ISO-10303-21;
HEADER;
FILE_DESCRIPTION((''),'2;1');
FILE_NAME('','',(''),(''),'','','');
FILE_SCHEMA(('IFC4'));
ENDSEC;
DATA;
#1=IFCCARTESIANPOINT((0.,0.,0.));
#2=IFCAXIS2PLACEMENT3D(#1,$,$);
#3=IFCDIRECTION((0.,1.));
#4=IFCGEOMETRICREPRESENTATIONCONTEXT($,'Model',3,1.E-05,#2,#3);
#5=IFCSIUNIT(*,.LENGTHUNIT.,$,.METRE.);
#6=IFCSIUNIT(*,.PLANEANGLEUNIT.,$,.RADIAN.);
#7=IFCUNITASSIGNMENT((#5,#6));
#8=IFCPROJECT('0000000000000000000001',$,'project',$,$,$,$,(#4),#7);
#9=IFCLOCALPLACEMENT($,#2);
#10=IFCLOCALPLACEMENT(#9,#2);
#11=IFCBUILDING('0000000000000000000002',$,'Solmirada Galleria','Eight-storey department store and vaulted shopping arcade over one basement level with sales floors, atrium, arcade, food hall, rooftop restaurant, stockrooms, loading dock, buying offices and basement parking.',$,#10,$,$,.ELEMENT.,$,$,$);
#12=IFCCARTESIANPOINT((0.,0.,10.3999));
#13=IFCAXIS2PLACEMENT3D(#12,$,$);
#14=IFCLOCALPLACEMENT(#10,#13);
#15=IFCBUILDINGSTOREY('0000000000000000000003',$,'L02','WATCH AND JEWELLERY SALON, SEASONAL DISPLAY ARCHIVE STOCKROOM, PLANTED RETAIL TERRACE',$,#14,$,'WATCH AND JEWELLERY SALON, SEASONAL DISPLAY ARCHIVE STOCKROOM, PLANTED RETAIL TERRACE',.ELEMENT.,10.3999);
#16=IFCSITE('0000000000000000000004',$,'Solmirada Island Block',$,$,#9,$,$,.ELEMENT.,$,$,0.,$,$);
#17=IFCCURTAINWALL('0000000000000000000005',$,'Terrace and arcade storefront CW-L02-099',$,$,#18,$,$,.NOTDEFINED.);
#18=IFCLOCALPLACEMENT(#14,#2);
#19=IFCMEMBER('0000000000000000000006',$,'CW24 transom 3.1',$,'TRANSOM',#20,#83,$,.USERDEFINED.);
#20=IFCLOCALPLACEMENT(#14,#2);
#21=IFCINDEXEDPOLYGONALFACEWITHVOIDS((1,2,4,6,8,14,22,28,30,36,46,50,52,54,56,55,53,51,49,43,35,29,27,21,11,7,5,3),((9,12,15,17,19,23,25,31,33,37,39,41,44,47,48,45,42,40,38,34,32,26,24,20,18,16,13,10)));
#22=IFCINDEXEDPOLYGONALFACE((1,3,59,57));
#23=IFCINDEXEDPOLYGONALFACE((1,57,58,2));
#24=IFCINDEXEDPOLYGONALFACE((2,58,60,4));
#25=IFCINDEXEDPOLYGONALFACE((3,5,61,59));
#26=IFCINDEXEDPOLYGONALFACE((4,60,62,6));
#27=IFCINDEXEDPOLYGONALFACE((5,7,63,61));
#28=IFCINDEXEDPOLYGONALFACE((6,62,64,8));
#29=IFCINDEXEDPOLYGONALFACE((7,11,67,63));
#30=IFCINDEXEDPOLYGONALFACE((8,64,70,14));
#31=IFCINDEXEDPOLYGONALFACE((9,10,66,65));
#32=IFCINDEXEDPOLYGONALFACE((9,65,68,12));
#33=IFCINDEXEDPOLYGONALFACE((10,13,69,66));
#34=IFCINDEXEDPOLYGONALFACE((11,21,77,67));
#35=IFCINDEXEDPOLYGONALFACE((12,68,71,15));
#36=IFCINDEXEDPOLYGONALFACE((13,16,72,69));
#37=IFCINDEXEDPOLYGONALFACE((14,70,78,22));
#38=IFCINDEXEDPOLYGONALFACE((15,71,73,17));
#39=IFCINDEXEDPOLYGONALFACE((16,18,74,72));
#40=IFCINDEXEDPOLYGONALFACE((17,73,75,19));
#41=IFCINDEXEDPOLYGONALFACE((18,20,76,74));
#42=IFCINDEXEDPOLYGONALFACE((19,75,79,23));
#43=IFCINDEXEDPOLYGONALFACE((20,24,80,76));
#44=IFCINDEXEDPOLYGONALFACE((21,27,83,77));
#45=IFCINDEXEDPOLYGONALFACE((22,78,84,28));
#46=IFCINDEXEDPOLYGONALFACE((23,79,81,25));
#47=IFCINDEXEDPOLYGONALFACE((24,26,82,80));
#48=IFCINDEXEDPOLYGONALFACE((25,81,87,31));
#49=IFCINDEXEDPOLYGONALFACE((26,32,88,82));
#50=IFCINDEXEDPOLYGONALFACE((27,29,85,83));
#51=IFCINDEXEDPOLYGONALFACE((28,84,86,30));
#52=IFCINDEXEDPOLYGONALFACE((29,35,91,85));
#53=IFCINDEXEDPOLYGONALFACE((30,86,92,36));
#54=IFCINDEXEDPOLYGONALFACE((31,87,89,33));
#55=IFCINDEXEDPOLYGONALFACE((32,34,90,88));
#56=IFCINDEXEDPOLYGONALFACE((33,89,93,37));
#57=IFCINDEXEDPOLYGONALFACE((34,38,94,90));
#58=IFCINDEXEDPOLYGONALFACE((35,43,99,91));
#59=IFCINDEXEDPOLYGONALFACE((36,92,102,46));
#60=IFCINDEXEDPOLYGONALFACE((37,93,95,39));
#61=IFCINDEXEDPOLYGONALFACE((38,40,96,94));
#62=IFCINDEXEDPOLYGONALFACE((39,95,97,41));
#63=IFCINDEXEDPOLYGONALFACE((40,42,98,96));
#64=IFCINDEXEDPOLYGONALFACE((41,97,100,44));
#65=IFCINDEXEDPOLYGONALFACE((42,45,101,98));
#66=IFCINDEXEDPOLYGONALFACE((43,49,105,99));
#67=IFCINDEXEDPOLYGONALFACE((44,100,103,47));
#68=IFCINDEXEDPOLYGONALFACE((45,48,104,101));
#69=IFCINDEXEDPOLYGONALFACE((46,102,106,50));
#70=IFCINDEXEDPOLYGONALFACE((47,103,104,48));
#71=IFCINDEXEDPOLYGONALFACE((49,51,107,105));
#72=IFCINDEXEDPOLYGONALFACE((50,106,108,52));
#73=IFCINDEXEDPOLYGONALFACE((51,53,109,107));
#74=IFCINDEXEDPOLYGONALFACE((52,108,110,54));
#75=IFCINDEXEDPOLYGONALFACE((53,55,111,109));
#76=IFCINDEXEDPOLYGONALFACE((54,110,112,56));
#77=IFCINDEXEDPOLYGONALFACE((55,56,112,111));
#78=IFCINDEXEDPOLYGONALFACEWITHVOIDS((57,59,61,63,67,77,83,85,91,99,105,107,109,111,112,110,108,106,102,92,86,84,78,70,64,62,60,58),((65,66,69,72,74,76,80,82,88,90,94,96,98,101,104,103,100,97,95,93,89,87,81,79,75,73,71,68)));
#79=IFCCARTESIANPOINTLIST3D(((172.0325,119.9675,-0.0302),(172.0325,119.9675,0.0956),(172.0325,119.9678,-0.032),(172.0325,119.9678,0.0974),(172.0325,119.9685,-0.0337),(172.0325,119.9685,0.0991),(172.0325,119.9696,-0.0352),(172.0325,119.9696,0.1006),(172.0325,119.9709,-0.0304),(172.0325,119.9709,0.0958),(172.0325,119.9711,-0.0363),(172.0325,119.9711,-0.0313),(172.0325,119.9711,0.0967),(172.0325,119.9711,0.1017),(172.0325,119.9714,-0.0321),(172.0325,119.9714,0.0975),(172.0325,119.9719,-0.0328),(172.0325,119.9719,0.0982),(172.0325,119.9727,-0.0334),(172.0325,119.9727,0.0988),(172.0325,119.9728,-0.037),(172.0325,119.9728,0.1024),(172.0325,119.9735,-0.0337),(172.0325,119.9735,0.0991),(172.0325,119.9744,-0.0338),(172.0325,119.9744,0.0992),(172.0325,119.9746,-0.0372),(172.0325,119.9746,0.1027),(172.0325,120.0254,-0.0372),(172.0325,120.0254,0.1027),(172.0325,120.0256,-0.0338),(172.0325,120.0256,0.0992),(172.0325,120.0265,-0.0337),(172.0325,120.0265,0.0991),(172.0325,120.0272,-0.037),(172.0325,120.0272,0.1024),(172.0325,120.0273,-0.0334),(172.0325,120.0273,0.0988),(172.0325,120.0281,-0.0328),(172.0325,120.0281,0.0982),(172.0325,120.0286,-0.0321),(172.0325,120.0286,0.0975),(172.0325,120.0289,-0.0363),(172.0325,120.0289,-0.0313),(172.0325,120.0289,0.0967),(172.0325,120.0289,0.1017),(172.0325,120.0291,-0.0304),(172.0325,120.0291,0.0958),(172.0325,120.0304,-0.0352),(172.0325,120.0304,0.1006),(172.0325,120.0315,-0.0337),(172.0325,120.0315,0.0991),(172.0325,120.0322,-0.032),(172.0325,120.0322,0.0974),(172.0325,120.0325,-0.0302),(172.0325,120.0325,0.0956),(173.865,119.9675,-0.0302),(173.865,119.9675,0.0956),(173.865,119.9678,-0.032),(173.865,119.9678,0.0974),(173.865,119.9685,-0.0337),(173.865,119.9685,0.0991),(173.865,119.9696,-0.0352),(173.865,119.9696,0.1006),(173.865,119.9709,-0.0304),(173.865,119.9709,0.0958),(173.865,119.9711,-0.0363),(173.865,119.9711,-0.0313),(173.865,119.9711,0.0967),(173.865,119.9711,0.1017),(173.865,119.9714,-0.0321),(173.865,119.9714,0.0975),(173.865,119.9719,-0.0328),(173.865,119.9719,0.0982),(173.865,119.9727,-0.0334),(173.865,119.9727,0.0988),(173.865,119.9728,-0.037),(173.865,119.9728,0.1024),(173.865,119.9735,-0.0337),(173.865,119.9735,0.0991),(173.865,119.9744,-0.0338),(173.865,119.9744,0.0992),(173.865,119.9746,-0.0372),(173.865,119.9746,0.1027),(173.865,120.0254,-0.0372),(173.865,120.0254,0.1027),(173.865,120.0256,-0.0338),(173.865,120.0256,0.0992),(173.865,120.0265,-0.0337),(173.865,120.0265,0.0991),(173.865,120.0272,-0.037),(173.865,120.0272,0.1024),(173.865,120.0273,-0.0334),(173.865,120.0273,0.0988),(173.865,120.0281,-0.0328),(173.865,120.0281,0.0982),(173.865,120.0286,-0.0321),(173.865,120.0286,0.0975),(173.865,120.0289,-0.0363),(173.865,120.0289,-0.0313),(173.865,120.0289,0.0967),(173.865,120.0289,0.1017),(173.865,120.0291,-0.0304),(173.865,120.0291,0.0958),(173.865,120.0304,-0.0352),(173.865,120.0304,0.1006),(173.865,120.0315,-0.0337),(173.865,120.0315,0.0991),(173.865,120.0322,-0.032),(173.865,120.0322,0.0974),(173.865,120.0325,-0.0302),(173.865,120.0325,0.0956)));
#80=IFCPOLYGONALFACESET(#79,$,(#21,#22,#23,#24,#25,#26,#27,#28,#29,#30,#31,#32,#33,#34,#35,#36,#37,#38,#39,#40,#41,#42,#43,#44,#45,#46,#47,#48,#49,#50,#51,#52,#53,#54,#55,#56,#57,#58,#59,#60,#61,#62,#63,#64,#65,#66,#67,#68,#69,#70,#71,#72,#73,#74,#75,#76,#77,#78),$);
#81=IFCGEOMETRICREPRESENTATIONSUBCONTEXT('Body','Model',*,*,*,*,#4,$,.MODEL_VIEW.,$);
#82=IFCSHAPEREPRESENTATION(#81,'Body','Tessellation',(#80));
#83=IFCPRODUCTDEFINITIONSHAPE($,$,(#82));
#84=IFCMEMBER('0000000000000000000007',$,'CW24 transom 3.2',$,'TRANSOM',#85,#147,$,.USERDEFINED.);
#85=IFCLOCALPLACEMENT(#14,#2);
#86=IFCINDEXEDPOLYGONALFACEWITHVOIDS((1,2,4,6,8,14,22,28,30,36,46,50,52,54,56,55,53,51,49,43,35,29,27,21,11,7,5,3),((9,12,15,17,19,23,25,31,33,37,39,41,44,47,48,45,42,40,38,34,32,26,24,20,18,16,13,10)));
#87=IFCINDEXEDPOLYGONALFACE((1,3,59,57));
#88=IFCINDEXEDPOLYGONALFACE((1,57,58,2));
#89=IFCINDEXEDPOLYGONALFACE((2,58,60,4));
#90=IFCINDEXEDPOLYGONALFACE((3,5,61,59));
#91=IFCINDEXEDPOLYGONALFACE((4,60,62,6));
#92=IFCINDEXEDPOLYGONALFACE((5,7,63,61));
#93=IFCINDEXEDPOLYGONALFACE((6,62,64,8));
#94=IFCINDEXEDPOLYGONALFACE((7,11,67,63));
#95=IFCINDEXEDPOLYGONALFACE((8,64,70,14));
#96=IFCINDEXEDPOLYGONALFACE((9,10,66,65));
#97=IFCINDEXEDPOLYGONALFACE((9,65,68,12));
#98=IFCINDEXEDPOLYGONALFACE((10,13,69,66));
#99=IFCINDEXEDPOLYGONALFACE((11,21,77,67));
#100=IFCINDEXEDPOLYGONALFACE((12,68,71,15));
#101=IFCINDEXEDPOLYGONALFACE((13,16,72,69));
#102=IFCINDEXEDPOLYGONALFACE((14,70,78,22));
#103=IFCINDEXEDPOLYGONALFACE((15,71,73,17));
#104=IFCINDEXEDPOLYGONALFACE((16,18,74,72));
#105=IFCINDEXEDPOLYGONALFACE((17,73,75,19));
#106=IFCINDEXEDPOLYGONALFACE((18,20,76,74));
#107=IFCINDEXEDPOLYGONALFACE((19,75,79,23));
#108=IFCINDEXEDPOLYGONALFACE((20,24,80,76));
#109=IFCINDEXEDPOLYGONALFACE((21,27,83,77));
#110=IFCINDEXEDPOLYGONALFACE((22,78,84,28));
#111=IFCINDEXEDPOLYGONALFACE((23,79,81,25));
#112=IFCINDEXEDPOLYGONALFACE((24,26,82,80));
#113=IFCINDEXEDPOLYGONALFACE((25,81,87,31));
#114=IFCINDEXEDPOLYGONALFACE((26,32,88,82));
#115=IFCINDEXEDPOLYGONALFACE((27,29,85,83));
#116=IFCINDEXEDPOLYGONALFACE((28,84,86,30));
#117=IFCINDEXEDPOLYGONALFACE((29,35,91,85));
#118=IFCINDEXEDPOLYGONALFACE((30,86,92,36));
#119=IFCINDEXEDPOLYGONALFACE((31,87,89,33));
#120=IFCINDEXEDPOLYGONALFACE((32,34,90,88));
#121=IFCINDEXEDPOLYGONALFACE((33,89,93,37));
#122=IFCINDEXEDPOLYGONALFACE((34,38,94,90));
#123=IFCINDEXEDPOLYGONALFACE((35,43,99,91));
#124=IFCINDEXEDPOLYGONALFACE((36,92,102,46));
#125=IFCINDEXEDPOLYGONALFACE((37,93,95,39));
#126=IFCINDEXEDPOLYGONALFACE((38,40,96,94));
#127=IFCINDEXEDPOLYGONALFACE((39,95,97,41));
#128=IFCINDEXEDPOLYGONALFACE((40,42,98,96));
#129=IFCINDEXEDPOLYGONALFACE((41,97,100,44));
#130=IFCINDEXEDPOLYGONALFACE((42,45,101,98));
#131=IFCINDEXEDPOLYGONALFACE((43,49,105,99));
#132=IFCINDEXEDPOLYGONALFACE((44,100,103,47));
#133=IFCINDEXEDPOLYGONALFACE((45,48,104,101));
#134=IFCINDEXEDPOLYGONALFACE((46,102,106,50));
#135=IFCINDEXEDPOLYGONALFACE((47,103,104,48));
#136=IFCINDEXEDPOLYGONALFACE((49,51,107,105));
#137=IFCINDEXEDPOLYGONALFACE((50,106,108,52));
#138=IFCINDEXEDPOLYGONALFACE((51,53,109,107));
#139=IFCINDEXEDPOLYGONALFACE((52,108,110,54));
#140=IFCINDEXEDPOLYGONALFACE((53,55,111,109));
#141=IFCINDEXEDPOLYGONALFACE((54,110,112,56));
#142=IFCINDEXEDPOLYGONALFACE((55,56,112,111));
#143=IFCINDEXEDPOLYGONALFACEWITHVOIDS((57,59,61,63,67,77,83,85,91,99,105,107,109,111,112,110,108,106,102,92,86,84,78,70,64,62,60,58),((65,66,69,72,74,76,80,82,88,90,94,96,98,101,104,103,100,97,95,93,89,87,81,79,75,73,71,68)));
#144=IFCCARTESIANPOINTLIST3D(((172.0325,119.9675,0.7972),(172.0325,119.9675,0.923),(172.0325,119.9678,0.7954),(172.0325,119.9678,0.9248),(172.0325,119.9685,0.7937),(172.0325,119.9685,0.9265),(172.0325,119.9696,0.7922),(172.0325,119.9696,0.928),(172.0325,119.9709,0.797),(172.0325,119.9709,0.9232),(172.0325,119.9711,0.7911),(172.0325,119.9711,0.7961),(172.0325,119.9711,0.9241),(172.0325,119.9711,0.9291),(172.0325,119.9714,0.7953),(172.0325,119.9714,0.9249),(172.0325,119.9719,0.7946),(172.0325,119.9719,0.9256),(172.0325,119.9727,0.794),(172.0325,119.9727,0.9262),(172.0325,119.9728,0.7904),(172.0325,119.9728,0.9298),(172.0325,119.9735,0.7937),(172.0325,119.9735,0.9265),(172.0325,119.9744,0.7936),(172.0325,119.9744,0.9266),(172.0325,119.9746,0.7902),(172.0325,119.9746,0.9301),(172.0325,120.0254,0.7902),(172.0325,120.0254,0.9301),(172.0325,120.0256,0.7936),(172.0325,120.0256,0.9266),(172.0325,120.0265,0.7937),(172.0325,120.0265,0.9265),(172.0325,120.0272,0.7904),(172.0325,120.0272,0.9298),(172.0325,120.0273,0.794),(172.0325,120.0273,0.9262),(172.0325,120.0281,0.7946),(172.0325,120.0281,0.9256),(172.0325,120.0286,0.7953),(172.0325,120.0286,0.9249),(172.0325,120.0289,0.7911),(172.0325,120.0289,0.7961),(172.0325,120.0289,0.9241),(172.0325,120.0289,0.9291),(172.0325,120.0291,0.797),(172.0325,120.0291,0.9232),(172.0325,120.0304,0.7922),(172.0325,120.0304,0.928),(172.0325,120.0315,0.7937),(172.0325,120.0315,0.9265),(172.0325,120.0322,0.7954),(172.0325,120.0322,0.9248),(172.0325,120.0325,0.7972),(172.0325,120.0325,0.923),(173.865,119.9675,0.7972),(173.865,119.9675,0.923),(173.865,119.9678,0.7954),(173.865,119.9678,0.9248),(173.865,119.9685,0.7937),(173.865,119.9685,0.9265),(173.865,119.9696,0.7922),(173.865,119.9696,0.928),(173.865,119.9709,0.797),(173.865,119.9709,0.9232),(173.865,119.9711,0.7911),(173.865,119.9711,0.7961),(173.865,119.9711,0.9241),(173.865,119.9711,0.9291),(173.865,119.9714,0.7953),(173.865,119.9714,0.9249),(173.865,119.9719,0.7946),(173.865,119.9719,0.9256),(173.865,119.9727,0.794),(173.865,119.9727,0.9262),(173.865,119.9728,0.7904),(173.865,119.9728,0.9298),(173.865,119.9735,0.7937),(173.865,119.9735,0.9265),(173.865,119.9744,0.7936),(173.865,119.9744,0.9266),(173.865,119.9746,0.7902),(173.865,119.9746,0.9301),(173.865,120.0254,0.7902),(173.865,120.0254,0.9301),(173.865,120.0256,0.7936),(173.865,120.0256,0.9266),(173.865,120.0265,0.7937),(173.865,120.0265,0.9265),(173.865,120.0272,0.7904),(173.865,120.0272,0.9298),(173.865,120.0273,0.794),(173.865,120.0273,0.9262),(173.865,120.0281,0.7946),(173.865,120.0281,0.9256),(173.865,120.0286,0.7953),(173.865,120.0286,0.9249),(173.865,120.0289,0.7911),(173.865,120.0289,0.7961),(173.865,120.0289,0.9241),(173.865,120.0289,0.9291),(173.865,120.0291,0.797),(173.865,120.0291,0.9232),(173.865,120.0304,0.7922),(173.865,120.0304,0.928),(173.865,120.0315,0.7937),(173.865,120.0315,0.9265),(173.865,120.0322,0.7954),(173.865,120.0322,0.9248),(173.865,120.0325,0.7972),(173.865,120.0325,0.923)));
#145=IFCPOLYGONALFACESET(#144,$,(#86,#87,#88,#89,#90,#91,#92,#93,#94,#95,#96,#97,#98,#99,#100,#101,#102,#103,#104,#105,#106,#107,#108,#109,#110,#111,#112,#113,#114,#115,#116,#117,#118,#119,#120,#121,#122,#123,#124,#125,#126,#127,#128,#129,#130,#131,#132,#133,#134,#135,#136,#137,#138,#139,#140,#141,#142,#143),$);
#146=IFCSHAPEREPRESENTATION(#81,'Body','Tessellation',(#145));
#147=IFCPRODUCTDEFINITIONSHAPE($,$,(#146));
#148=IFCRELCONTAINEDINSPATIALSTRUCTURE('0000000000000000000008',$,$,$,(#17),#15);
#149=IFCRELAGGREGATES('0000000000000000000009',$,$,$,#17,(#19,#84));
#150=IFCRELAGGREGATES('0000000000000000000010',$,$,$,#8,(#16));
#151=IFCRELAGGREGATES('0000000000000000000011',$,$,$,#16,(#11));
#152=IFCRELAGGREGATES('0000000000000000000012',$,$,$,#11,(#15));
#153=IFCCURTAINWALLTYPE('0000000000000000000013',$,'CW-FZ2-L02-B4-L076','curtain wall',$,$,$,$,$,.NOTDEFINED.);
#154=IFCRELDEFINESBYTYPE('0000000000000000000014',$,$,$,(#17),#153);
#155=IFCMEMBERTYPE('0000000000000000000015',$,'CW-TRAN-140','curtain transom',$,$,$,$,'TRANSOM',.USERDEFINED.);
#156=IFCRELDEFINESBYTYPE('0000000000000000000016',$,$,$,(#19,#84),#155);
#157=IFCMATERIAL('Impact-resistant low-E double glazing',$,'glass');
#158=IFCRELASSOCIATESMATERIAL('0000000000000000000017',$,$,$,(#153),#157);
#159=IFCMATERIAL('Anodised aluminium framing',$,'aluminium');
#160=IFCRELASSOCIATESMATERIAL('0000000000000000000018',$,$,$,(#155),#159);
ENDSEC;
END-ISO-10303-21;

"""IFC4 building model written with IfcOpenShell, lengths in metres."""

from ifc_helpers import new_model, si_unit, direction, frame, origin, origin_2d, place, context, subcontext, project, spatial, hollow_rectangle, extrude, material, material_profile, profile_set, type_object, element, aggregate, save


model = new_model("IFC4")

# Units and contexts
model_context = context("Model", 3, precision=1e-05, world=origin(), true_north=direction((0.0, 1.0)))
body_context = subcontext(model_context, "Body", "Model", "MODEL_VIEW")
ifc_project = project(units=[si_unit("LENGTHUNIT", "METRE"), si_unit("PLANEANGLEUNIT", "RADIAN")], contexts=[model_context])

# Site, building, storey
site_placement = place(None, origin())
site = spatial("IfcSite", under=ifc_project, at=site_placement, Name="Solmirada Island Block", CompositionType="ELEMENT", RefElevation=0.0)
building_placement = place(site_placement, origin())
building = spatial("IfcBuilding", under=site, at=building_placement, Name="Solmirada Galleria", Description="Eight-storey department store and vaulted shopping arcade over one basement level with sales floors, atrium, arcade, food hall, rooftop restaurant, stockrooms, loading dock, buying offices and basement parking.", CompositionType="ELEMENT")
storey_placement = place(building_placement, frame((0.0, 0.0, 10.3999)))
storey = spatial("IfcBuildingStorey", under=building, at=storey_placement, Name="L02", Description="WATCH AND JEWELLERY SALON, SEASONAL DISPLAY ARCHIVE STOCKROOM, PLANTED RETAIL TERRACE", LongName="WATCH AND JEWELLERY SALON, SEASONAL DISPLAY ARCHIVE STOCKROOM, PLANTED RETAIL TERRACE", CompositionType="ELEMENT", Elevation=10.3999)

# Curtain wall
ifc_material_1 = material(Name="Impact-resistant low-E double glazing", Category="glass")
curtain_wall_type = type_object("IfcCurtainWallType", Name="CW-FZ2-L02-B4-L076", Description="curtain wall", PredefinedType="NOTDEFINED", material=ifc_material_1)
curtain_wall_1_placement = place(storey_placement, origin())
curtain_wall_1 = element("IfcCurtainWall", 1, at=curtain_wall_1_placement, inside=storey, type_object=curtain_wall_type, Name="Terrace and arcade storefront CW-L02-099", PredefinedType="NOTDEFINED")
ifc_material_2 = material(Name="Anodised aluminium framing", Category="aluminium")

# Members
ifc_material_profile_1 = material_profile(ifc_material_2, hollow_rectangle(XDim=0.0649, YDim=0.1399, WallThickness=0.0034, InnerFilletRadius=0.0034, OuterFilletRadius=0.0071, at=origin_2d()), Name="ALU-TRAN-140X65")
ifc_profile_set_1 = profile_set([ifc_material_profile_1], Name="Anodised aluminium framing")
member_type_1 = type_object("IfcMemberType", Name="CW-TRAN-140", Description="curtain transom", ElementType="TRANSOM", PredefinedType="USERDEFINED", material=ifc_profile_set_1)
member_1_placement = place(storey_placement, frame((172.0325, 120.0, 0.0327), z_axis=(1.0, 0.0, 0.0), x_axis=(0.0, 1.0, 0.0)))
member_1 = element("IfcMember", 2, at=member_1_placement, type_object=member_type_1, Name="CW24 transom 3.1", ObjectType="TRANSOM", PredefinedType="USERDEFINED", context=body_context, shape_type="SweptSolid", body=[
    extrude(hollow_rectangle(XDim=0.0649, YDim=0.1399, WallThickness=0.0034, InnerFilletRadius=0.0034, OuterFilletRadius=0.0071, at=origin_2d()), origin(), (0.0, 0.0, 1.0), 1.8325),
])
member_2_placement = place(storey_placement, frame((172.0325, 120.0, 0.8601), z_axis=(1.0, 0.0, 0.0), x_axis=(0.0, 1.0, 0.0)))
member_2 = element("IfcMember", 3, at=member_2_placement, type_object=member_type_1, Name="CW24 transom 3.2", ObjectType="TRANSOM", PredefinedType="USERDEFINED", context=body_context, shape_type="SweptSolid", body=[
    extrude(hollow_rectangle(XDim=0.0649, YDim=0.1399, WallThickness=0.0034, InnerFilletRadius=0.0034, OuterFilletRadius=0.0071, at=origin_2d()), origin(), (0.0, 0.0, 1.0), 1.8325),
])

aggregate(curtain_wall_1, [member_1, member_2])

save(model, "model.ifc")
